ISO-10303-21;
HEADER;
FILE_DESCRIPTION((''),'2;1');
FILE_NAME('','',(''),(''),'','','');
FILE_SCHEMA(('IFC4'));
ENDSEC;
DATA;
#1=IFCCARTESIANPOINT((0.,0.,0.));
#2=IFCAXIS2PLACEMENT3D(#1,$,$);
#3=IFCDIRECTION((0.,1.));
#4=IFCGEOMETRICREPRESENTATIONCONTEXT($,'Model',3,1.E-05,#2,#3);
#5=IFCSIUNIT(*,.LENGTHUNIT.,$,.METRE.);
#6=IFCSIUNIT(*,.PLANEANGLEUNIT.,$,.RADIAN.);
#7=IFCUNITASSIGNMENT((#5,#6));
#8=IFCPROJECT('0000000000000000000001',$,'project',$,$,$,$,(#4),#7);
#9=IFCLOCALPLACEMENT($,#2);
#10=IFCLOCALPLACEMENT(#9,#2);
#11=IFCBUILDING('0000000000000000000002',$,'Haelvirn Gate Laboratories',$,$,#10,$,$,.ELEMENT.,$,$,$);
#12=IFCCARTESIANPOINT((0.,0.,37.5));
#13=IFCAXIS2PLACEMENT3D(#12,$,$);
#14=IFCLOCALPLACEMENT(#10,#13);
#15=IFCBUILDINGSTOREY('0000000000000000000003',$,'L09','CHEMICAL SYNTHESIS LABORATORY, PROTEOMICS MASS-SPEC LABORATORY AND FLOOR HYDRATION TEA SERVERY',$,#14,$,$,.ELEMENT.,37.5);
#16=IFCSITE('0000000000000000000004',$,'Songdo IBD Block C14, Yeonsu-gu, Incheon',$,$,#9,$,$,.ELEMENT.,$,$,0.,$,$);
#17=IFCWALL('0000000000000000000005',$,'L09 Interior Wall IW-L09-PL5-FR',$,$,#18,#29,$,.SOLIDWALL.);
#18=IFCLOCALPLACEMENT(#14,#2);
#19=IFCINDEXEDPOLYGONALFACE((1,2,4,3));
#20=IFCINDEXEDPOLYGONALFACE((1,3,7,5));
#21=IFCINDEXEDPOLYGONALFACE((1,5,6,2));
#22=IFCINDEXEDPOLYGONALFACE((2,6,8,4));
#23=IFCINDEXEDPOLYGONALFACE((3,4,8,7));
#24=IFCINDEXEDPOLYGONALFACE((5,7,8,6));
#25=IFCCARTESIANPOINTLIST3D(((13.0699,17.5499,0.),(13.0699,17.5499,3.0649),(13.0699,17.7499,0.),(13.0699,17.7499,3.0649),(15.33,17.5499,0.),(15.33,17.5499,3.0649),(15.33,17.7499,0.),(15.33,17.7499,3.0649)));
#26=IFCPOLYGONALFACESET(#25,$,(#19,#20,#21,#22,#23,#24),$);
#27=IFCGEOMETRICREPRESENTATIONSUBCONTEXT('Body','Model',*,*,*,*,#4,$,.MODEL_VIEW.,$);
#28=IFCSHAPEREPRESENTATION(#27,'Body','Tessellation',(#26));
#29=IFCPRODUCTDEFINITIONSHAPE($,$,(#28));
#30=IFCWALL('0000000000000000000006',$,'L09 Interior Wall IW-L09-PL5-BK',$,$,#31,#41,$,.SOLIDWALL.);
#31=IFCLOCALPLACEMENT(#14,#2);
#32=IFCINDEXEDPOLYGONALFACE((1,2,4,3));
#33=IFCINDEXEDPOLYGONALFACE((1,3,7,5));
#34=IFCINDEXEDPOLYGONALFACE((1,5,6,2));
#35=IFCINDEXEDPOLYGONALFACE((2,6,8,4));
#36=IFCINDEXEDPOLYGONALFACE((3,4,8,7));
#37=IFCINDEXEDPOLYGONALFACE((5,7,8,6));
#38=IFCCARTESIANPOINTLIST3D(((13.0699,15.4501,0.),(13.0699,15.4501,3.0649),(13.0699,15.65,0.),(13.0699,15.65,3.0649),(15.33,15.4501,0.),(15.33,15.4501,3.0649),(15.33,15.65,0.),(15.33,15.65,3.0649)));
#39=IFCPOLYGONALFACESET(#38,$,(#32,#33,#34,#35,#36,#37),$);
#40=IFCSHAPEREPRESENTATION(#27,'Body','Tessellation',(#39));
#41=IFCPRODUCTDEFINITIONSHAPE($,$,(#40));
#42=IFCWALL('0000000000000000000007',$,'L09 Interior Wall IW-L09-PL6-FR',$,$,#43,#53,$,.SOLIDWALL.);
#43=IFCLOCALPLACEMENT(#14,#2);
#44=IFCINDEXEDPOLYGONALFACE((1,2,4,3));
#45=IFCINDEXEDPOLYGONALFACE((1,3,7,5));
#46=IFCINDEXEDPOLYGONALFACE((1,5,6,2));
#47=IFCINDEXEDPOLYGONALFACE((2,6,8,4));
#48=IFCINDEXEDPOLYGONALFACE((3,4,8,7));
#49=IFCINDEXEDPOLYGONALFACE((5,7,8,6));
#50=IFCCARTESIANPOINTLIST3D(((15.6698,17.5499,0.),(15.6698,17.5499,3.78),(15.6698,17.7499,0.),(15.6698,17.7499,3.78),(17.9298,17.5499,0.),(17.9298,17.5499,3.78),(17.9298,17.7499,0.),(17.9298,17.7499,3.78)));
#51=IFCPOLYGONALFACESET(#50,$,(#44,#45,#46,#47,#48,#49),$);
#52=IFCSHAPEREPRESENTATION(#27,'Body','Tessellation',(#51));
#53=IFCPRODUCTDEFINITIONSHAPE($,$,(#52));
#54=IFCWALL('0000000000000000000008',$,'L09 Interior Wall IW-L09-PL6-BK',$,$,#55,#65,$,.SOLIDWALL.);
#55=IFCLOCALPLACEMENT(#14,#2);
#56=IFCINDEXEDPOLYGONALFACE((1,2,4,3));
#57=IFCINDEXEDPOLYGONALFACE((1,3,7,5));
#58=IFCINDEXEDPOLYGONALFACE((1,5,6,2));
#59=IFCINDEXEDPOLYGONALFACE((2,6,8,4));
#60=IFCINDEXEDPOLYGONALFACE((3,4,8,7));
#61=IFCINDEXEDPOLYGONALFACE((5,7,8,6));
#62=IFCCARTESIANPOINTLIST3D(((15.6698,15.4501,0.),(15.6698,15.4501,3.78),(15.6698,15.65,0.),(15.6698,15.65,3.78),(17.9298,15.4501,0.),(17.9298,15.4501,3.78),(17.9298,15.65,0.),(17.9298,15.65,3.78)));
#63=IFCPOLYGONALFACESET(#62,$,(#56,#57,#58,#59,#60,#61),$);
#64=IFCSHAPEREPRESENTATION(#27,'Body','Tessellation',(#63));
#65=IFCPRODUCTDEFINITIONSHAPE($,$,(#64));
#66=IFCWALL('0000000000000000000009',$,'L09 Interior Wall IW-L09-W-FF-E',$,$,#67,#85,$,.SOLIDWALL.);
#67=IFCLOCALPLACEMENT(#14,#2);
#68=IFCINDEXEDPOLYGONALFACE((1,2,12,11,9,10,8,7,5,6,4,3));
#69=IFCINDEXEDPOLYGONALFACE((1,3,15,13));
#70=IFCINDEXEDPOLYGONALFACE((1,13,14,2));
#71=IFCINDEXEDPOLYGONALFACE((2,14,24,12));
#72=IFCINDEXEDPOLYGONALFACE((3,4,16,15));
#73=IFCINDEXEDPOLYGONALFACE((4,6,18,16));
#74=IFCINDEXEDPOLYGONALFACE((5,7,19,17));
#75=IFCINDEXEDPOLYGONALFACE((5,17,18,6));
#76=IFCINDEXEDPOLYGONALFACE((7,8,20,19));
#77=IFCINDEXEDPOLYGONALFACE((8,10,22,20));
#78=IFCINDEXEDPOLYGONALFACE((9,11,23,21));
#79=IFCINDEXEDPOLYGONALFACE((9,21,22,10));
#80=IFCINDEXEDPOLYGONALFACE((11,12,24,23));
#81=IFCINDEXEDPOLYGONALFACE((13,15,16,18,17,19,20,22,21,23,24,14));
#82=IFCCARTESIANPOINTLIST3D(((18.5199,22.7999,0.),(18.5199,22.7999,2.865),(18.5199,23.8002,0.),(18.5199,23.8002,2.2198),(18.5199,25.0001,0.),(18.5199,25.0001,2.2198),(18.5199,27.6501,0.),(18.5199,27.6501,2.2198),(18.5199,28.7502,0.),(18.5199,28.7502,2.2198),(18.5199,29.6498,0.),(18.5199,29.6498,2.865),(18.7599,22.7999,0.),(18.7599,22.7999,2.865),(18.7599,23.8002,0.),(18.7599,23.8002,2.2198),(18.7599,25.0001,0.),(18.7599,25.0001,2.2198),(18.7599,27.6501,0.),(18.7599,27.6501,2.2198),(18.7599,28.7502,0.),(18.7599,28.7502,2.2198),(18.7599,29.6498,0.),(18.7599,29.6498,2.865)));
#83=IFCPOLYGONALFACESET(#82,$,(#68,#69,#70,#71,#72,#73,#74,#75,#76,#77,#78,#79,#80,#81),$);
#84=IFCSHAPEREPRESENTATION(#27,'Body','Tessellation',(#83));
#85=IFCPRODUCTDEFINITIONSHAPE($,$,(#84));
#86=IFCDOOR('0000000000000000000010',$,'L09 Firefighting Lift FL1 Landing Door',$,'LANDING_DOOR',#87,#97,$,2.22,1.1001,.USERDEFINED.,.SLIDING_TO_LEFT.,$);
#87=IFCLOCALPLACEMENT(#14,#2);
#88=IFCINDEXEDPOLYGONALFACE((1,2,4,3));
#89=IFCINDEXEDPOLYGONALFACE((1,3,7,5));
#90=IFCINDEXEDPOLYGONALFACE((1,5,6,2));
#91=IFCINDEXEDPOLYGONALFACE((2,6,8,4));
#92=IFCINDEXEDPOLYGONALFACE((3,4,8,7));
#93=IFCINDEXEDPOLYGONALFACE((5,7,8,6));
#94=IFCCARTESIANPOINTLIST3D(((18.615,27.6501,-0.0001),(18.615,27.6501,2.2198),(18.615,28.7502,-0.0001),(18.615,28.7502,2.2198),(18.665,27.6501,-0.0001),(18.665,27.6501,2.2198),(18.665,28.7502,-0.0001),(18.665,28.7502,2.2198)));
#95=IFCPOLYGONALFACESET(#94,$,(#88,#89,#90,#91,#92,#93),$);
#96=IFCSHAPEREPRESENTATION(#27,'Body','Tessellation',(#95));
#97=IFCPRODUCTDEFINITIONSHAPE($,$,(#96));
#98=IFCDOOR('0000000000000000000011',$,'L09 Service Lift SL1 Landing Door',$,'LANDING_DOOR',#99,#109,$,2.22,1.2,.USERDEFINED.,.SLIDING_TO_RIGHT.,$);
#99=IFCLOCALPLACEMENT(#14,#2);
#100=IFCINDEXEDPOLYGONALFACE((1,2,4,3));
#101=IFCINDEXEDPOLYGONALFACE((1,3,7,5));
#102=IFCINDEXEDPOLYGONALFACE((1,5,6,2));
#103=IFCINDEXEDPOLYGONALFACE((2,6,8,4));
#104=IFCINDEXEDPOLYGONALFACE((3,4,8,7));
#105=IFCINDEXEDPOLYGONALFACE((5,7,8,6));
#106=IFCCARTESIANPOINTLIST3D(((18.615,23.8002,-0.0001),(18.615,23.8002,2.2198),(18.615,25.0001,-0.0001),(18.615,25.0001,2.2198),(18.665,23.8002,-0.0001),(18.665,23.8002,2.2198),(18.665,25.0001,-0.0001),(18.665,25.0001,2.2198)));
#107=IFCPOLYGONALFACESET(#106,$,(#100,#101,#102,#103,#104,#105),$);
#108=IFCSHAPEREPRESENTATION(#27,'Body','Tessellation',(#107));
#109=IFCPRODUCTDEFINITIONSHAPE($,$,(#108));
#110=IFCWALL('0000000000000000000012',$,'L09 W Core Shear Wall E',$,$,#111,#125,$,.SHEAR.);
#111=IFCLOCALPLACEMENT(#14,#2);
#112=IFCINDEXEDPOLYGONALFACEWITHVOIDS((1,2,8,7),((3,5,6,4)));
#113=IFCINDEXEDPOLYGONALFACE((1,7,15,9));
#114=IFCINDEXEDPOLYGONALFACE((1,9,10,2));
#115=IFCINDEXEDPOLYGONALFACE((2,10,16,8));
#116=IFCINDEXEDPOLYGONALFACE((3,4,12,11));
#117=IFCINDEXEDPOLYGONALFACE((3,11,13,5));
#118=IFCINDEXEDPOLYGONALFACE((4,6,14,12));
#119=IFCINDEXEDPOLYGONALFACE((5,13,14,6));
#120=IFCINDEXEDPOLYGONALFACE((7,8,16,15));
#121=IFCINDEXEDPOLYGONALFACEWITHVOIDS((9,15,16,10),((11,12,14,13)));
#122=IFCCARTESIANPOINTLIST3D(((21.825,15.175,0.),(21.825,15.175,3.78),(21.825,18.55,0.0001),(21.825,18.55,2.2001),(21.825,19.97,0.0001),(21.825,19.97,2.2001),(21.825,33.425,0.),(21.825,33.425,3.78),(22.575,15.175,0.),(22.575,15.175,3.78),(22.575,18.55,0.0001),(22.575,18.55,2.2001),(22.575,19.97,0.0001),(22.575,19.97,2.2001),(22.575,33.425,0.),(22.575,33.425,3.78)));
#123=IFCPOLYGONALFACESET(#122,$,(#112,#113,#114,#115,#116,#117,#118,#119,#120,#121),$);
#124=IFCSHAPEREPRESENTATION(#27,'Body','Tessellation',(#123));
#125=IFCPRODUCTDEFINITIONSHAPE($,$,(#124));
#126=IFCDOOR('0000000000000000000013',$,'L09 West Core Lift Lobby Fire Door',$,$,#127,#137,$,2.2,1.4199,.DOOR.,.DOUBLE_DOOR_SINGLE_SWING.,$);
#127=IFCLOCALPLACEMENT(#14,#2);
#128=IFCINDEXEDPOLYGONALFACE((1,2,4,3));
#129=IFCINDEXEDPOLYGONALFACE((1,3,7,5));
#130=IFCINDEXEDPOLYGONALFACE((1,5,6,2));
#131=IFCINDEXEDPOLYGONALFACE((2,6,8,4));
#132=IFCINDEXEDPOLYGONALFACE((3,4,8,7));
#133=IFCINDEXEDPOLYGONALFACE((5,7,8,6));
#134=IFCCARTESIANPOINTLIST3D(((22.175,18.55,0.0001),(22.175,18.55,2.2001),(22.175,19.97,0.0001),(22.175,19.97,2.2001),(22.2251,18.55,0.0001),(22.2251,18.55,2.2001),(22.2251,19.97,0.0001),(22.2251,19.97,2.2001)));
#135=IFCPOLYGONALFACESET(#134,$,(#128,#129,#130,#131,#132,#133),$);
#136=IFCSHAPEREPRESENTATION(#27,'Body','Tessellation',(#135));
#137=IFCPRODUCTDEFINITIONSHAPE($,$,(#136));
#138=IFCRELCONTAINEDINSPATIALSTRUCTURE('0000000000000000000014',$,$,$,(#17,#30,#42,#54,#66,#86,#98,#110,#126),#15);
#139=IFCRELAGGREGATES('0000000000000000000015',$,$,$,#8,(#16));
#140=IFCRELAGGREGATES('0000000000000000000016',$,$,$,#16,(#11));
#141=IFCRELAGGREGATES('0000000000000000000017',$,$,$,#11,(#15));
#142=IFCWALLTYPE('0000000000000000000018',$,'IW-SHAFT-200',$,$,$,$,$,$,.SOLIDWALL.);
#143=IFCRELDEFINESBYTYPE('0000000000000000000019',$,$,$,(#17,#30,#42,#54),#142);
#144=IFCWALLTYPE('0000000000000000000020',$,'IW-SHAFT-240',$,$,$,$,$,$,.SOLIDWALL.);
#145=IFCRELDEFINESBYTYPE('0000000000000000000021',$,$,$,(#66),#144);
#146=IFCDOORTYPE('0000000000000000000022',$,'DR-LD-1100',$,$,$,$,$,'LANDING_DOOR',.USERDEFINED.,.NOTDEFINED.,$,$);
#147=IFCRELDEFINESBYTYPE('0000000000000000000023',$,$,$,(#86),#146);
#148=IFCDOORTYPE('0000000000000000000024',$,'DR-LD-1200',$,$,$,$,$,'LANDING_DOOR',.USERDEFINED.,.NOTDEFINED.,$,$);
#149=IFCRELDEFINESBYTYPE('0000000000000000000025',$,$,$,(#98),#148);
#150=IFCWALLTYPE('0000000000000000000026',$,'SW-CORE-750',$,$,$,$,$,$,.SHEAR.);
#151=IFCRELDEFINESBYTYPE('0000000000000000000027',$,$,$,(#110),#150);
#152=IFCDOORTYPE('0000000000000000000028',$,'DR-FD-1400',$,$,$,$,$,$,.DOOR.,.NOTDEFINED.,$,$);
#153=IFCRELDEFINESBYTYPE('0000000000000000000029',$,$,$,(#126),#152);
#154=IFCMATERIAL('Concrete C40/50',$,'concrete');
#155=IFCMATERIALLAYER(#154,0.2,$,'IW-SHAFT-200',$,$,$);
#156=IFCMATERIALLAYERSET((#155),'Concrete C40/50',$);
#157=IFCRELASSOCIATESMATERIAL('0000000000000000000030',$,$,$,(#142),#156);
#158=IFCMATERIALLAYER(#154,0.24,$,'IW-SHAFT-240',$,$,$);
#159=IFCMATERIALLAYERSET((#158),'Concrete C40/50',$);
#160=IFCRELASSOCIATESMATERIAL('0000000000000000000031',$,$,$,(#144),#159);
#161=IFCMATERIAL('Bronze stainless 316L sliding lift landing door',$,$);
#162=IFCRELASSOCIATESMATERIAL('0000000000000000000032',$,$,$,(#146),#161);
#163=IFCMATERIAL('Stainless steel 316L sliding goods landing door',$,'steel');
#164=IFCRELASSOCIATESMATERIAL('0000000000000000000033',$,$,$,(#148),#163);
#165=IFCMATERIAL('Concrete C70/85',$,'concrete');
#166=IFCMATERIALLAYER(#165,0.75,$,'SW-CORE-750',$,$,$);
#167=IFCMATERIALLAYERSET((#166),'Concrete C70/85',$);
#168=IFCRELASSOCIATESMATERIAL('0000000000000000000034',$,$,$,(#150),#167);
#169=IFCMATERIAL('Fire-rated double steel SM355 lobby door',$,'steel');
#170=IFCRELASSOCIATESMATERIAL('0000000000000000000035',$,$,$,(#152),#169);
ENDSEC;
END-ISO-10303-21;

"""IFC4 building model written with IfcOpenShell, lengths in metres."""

from ifc_helpers import new_model, si_unit, direction, frame, frame_2d, origin, place, context, subcontext, project, spatial, rectangle, extrude, source, transform, mapped, material, layer, layer_set, type_object, type_shapes, element, fill, save


model = new_model("IFC4")

# Units and contexts
model_context = context("Model", 3, precision=1e-05, world=origin(), true_north=direction((0.0, 1.0)))
body_context = subcontext(model_context, "Body", "Model", "MODEL_VIEW")
ifc_project = project(units=[si_unit("LENGTHUNIT", "METRE"), si_unit("PLANEANGLEUNIT", "RADIAN")], contexts=[model_context])

# Site, building, storey
site_placement = place(None, origin())
site = spatial("IfcSite", under=ifc_project, at=site_placement, Name="Songdo IBD Block C14, Yeonsu-gu, Incheon", CompositionType="ELEMENT", RefElevation=0.0)
building_placement = place(site_placement, origin())
building = spatial("IfcBuilding", under=site, at=building_placement, Name="Haelvirn Gate Laboratories", CompositionType="ELEMENT")
storey_placement = place(building_placement, frame((0.0, 0.0, 37.5)))
storey = spatial("IfcBuildingStorey", under=building, at=storey_placement, Name="L09", Description="CHEMICAL SYNTHESIS LABORATORY, PROTEOMICS MASS-SPEC LABORATORY AND FLOOR HYDRATION TEA SERVERY", CompositionType="ELEMENT", Elevation=37.5)

# Shared definitions
ifc_material_1 = material(Name="Concrete C70/85", Category="concrete")

# Walls
ifc_material_2 = material(Name="Concrete C40/50", Category="concrete")
ifc_layer_1 = layer(ifc_material_2, 0.2, Name="IW-SHAFT-200")
ifc_layer_set_1 = layer_set([ifc_layer_1], Name="Concrete C40/50")
wall_type_1 = type_object("IfcWallType", Name="IW-SHAFT-200", PredefinedType="SOLIDWALL", material=ifc_layer_set_1)
for number, where, z_axis, x_axis, name in (
    (1, (13.0701, 17.6499, 0.0), (0.0, 0.0, 1.0), (1.0, 0.0, 0.0), "L09 Interior Wall IW-L09-PL5-FR"),
    (2, (13.0701, 15.55, 0.0), (0.0, 0.0, 1.0), (1.0, 0.0, 0.0), "L09 Interior Wall IW-L09-PL5-BK"),
):
    element("IfcWall", number, at=place(storey_placement, frame(where, z_axis=z_axis, x_axis=x_axis)), inside=storey, type_object=wall_type_1, Name=name, PredefinedType="SOLIDWALL", context=body_context, shape_type="SweptSolid", body=[
        extrude(rectangle(XDim=2.26, YDim=0.2, at=frame_2d((1.1299, 0.0))), origin(), (0.0, 0.0, 1.0), 3.0649),
    ])
for number, where, z_axis, x_axis, name in (
    (3, (15.6699, 17.6499, 0.0), (0.0, 0.0, 1.0), (1.0, 0.0, 0.0), "L09 Interior Wall IW-L09-PL6-FR"),
    (4, (15.6699, 15.55, 0.0), (0.0, 0.0, 1.0), (1.0, 0.0, 0.0), "L09 Interior Wall IW-L09-PL6-BK"),
):
    element("IfcWall", number, at=place(storey_placement, frame(where, z_axis=z_axis, x_axis=x_axis)), inside=storey, type_object=wall_type_1, Name=name, PredefinedType="SOLIDWALL", context=body_context, shape_type="SweptSolid", body=[
        extrude(rectangle(XDim=2.26, YDim=0.2, at=frame_2d((1.1299, 0.0))), origin(), (0.0, 0.0, 1.0), 3.78),
    ])

# Wall, openings, doors
ifc_layer_2 = layer(ifc_material_2, 0.24, Name="IW-SHAFT-240")
ifc_layer_set_2 = layer_set([ifc_layer_2], Name="Concrete C40/50")
wall_type_2 = type_object("IfcWallType", Name="IW-SHAFT-240", PredefinedType="SOLIDWALL", material=ifc_layer_set_2)
wall_1_placement = place(storey_placement, frame((18.6399, 22.8, 0.0), z_axis=(0.0, 0.0, 1.0), x_axis=(0.0, 1.0, 0.0)))
wall_1 = element("IfcWall", 5, at=wall_1_placement, inside=storey, type_object=wall_type_2, Name="L09 Interior Wall IW-L09-W-FF-E", PredefinedType="SOLIDWALL", context=body_context, shape_type="SweptSolid", body=[
    extrude(rectangle(XDim=6.8499, YDim=0.24, at=frame_2d((3.4248, 0.0))), origin(), (0.0, 0.0, 1.0), 2.865),
])
opening_1_placement = place(wall_1_placement, frame((4.8501, 0.0, 0.0)))
opening_1 = element("IfcOpeningElement", 6, at=opening_1_placement, cuts=wall_1, PredefinedType="OPENING", context=body_context, shape_type="SweptSolid", body=[
    extrude(rectangle(XDim=1.1001, YDim=2.22, at=frame_2d((0.55, 1.1099))), frame((0.0, 0.1299, 0.0), z_axis=(0.0, -1.0, 0.0), x_axis=(1.0, 0.0, 0.0)), (0.0, 0.0, 1.0), 0.26),
])
opening_2_placement = place(wall_1_placement, frame((1.0, 0.0, 0.0)))
opening_2 = element("IfcOpeningElement", 7, at=opening_2_placement, cuts=wall_1, PredefinedType="OPENING", context=body_context, shape_type="SweptSolid", body=[
    extrude(rectangle(XDim=1.2, YDim=2.22, at=frame_2d((0.6001, 1.1099))), frame((0.0, 0.1299, 0.0), z_axis=(0.0, -1.0, 0.0), x_axis=(1.0, 0.0, 0.0)), (0.0, 0.0, 1.0), 0.26),
])
ifc_material_3 = material(Name="Bronze stainless 316L sliding lift landing door")
door_type_1 = type_object("IfcDoorType", Name="DR-LD-1100", ElementType="LANDING_DOOR", OperationType="NOTDEFINED", PredefinedType="USERDEFINED", material=ifc_material_3)
shared_shape_1 = source(origin(), body_context, "Body", "SweptSolid", [
    extrude(rectangle(XDim=1.1001, YDim=2.22, at=frame_2d((0.55, 1.1099))), frame((0.0, 0.0249, 0.0), z_axis=(0.0, -1.0, 0.0), x_axis=(1.0, 0.0, 0.0)), (0.0, 0.0, 1.0), 0.05),
])
type_shapes(door_type_1, [shared_shape_1])
door_1_placement = place(opening_1_placement, origin())
door_1 = element("IfcDoor", 8, at=door_1_placement, inside=storey, type_object=door_type_1, Name="L09 Firefighting Lift FL1 Landing Door", ObjectType="LANDING_DOOR", OperationType="SLIDING_TO_LEFT", OverallHeight=2.22, OverallWidth=1.1001, PredefinedType="USERDEFINED", context=body_context, shape_type="MappedRepresentation", body=[
    mapped(shared_shape_1, transform((0.0, 0.0, 0.0), scale=1.0)),
])
fill(opening_1, door_1)
ifc_material_4 = material(Name="Stainless steel 316L sliding goods landing door", Category="steel")
door_type_2 = type_object("IfcDoorType", Name="DR-LD-1200", ElementType="LANDING_DOOR", OperationType="NOTDEFINED", PredefinedType="USERDEFINED", material=ifc_material_4)
shared_shape_2 = source(origin(), body_context, "Body", "SweptSolid", [
    extrude(rectangle(XDim=1.2, YDim=2.22, at=frame_2d((0.6001, 1.1099))), frame((0.0, 0.0249, 0.0), z_axis=(0.0, -1.0, 0.0), x_axis=(1.0, 0.0, 0.0)), (0.0, 0.0, 1.0), 0.05),
])
type_shapes(door_type_2, [shared_shape_2])
door_2_placement = place(opening_2_placement, origin())
door_2 = element("IfcDoor", 9, at=door_2_placement, inside=storey, type_object=door_type_2, Name="L09 Service Lift SL1 Landing Door", ObjectType="LANDING_DOOR", OperationType="SLIDING_TO_RIGHT", OverallHeight=2.22, OverallWidth=1.2, PredefinedType="USERDEFINED", context=body_context, shape_type="MappedRepresentation", body=[
    mapped(shared_shape_2, transform((0.0, 0.0, 0.0), scale=1.0)),
])
fill(opening_2, door_2)

# Wall, opening, door
ifc_layer_3 = layer(ifc_material_1, 0.75, Name="SW-CORE-750")
ifc_layer_set_3 = layer_set([ifc_layer_3], Name="Concrete C70/85")
wall_type_3 = type_object("IfcWallType", Name="SW-CORE-750", PredefinedType="SHEAR", material=ifc_layer_set_3)
wall_2_placement = place(storey_placement, frame((22.2, 15.175, 0.0), z_axis=(0.0, 0.0, 1.0), x_axis=(0.0, 1.0, 0.0)))
wall_2 = element("IfcWall", 10, at=wall_2_placement, inside=storey, type_object=wall_type_3, Name="L09 W Core Shear Wall E", PredefinedType="SHEAR", context=body_context, shape_type="SweptSolid", body=[
    extrude(rectangle(XDim=18.25, YDim=0.75, at=frame_2d((9.125, 0.0))), origin(), (0.0, 0.0, 1.0), 3.78),
])
opening_3_placement = place(wall_2_placement, frame((3.375, 0.0, 0.0)))
opening_3 = element("IfcOpeningElement", 11, at=opening_3_placement, cuts=wall_2, PredefinedType="OPENING", context=body_context, shape_type="SweptSolid", body=[
    extrude(rectangle(XDim=1.4199, YDim=2.2, at=frame_2d((0.71, 1.1001))), frame((0.0, 0.385, 0.0), z_axis=(0.0, -1.0, 0.0), x_axis=(1.0, 0.0, 0.0)), (0.0, 0.0, 1.0), 0.77),
])
ifc_material_5 = material(Name="Fire-rated double steel SM355 lobby door", Category="steel")
door_type_3 = type_object("IfcDoorType", Name="DR-FD-1400", OperationType="NOTDEFINED", PredefinedType="DOOR", material=ifc_material_5)
shared_shape_3 = source(origin(), body_context, "Body", "SweptSolid", [
    extrude(rectangle(XDim=1.4199, YDim=2.2, at=frame_2d((0.71, 1.1001))), frame((0.0, 0.0249, 0.0), z_axis=(0.0, -1.0, 0.0), x_axis=(1.0, 0.0, 0.0)), (0.0, 0.0, 1.0), 0.05),
])
type_shapes(door_type_3, [shared_shape_3])
door_3_placement = place(opening_3_placement, origin())
door_3 = element("IfcDoor", 12, at=door_3_placement, inside=storey, type_object=door_type_3, Name="L09 West Core Lift Lobby Fire Door", OperationType="DOUBLE_DOOR_SINGLE_SWING", OverallHeight=2.2, OverallWidth=1.4199, PredefinedType="DOOR", context=body_context, shape_type="MappedRepresentation", body=[
    mapped(shared_shape_3, transform((0.0, 0.0, 0.0), scale=1.0)),
])
fill(opening_3, door_3)

save(model, "model.ifc")
